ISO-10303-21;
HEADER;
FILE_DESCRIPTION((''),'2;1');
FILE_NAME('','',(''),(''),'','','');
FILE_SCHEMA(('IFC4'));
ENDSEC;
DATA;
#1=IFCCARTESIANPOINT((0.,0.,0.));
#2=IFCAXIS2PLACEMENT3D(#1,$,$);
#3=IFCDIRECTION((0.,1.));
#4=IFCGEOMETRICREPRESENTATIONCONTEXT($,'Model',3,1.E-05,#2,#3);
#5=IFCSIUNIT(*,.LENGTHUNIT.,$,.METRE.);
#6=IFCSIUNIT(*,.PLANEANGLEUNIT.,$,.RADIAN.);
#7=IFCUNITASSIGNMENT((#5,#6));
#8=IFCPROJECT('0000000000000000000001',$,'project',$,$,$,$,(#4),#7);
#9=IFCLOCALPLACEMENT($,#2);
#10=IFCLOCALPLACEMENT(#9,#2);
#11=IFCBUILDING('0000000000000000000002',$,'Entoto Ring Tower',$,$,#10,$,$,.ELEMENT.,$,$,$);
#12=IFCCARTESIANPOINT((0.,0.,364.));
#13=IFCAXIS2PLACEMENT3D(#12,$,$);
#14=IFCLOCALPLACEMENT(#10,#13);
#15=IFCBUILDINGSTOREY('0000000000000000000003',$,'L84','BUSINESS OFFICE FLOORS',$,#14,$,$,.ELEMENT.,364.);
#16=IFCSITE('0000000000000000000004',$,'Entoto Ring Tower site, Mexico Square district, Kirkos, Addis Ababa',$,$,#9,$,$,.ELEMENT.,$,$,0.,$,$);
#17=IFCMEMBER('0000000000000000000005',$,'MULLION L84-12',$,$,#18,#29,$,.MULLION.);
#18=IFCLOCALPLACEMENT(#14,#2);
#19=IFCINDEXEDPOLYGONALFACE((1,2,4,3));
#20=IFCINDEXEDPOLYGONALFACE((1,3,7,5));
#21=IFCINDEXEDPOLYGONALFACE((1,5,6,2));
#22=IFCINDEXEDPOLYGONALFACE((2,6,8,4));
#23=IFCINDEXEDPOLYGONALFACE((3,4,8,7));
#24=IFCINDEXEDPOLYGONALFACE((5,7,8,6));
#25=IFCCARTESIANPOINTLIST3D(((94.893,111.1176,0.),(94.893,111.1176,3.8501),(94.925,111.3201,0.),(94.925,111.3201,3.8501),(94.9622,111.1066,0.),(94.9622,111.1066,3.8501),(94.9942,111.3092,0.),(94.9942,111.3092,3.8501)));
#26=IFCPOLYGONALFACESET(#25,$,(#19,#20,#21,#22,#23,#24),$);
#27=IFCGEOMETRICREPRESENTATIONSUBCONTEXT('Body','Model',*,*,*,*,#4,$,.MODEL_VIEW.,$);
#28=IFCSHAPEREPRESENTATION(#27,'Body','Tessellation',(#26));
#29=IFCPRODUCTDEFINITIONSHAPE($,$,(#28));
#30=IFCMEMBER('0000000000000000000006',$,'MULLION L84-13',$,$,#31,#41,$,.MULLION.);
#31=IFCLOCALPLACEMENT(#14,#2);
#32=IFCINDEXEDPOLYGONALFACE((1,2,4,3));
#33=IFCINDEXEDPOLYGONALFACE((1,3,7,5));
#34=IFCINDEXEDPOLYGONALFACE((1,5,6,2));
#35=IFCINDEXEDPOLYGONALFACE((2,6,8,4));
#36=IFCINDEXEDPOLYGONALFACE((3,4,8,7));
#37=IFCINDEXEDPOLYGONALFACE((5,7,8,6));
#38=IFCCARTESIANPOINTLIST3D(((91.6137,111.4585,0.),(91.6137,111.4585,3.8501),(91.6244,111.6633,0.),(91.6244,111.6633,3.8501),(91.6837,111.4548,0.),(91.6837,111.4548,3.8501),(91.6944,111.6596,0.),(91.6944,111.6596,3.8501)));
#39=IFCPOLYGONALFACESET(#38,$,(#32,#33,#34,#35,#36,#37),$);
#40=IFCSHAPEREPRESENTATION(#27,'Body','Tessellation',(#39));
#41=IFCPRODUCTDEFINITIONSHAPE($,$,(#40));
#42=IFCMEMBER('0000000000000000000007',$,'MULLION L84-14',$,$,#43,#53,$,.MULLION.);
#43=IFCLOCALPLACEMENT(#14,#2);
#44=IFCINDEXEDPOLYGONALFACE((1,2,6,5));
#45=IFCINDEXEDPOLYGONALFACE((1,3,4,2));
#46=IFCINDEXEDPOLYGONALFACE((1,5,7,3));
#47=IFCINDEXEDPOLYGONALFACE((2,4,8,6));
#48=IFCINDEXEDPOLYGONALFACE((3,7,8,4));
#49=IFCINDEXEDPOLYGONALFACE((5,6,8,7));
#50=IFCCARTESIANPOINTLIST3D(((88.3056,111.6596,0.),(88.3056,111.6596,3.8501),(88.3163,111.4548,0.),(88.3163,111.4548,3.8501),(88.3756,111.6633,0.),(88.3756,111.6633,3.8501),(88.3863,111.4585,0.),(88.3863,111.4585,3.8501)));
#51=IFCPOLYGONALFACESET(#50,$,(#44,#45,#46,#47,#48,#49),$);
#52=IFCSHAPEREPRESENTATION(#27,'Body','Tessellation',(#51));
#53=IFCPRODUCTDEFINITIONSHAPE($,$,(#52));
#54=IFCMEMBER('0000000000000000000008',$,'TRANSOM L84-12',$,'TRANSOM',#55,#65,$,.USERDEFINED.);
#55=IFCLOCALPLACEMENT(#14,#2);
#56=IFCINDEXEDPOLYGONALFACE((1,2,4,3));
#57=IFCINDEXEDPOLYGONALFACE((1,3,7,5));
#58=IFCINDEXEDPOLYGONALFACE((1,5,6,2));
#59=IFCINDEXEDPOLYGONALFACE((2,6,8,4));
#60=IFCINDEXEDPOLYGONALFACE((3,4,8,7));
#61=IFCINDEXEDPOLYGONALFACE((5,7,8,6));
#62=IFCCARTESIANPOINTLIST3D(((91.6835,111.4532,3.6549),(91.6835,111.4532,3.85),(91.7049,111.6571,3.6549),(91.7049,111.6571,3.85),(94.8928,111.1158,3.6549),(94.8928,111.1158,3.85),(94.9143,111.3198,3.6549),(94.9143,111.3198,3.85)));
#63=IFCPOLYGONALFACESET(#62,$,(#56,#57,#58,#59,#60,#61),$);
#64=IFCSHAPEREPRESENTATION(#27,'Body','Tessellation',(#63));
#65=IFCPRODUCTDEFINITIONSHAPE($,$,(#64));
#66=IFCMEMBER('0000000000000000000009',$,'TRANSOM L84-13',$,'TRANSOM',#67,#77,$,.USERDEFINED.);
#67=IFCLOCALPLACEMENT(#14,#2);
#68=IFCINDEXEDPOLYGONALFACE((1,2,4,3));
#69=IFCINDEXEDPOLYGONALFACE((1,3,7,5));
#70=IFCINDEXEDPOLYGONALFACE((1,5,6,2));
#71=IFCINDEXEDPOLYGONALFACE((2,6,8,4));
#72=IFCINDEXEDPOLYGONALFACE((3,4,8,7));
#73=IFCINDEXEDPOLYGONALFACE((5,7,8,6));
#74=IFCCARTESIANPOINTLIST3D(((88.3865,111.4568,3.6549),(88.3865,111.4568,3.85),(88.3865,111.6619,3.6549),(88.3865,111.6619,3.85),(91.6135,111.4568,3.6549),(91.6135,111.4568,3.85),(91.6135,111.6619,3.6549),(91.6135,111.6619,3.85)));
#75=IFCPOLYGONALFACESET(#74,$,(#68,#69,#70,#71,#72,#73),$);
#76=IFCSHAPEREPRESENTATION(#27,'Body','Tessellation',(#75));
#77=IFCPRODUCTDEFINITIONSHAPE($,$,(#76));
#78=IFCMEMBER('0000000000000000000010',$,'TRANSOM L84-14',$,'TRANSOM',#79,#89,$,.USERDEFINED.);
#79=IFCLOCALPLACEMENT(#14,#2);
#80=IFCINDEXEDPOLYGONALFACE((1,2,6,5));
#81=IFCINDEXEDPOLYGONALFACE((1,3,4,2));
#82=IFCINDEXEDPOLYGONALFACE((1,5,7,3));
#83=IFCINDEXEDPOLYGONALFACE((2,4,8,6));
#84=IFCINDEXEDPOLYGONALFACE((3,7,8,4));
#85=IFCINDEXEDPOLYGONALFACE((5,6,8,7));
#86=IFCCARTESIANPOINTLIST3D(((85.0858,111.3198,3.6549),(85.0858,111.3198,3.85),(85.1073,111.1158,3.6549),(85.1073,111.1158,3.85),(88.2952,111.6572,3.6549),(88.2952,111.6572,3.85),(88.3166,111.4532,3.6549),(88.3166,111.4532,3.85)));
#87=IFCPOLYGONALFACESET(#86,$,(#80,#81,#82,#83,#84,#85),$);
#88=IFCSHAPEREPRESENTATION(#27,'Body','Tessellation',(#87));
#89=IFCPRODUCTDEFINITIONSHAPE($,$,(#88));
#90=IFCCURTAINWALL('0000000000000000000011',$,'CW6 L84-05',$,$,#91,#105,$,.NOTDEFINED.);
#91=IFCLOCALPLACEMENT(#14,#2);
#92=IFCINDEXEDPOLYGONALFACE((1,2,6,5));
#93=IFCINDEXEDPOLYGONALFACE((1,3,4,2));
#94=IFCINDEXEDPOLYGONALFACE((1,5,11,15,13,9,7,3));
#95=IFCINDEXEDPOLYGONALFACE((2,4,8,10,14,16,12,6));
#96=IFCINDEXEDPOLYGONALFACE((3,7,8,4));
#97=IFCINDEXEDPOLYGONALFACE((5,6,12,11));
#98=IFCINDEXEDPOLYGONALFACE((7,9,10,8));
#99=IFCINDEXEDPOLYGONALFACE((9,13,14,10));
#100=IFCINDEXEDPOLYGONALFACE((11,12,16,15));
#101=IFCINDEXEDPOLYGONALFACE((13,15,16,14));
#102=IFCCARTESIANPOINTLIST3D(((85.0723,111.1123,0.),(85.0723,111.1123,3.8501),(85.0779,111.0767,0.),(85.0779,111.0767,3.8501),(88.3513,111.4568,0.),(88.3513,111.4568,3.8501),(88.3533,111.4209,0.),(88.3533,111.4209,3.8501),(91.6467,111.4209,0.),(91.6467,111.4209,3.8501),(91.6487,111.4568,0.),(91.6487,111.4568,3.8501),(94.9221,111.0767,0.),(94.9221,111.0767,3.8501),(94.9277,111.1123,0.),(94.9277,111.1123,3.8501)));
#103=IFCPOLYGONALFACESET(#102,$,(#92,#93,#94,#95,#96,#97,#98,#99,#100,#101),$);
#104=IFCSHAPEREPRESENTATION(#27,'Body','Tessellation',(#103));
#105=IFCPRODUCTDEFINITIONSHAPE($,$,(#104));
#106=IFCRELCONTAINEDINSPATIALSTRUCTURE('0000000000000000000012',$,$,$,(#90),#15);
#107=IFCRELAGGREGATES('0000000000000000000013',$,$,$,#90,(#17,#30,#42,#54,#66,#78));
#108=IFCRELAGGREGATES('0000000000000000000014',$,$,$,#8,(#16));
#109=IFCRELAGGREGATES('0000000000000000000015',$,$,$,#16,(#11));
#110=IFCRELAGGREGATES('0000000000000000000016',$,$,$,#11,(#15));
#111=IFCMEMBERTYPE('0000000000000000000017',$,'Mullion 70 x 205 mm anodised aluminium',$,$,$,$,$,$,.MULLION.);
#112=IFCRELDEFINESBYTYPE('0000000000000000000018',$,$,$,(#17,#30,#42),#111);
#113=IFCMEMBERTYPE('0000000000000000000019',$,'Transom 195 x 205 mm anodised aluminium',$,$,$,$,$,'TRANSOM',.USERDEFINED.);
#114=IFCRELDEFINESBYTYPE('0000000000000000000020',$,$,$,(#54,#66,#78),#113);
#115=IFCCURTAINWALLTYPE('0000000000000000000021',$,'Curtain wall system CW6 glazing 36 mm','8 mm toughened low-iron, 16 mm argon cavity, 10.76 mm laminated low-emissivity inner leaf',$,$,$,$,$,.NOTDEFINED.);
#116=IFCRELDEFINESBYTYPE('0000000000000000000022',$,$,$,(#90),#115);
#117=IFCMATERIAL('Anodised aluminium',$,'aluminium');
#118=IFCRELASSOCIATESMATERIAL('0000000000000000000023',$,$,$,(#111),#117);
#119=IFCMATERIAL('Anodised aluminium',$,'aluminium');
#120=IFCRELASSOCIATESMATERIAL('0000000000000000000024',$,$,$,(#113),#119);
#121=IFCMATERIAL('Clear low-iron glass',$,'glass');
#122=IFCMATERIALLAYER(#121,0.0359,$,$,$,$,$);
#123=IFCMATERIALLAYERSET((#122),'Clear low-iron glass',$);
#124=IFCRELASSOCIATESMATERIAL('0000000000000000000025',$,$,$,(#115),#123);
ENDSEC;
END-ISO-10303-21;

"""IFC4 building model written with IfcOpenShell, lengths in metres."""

from ifc_helpers import new_model, si_unit, direction, frame, origin, origin_2d, place, context, subcontext, project, spatial, polyline, rectangle, outline, extrude, material, layer, layer_set, material_profile, profile_set, type_object, element, aggregate, save


model = new_model("IFC4")

# Units and contexts
model_context = context("Model", 3, precision=1e-05, world=origin(), true_north=direction((0.0, 1.0)))
body_context = subcontext(model_context, "Body", "Model", "MODEL_VIEW")
ifc_project = project(units=[si_unit("LENGTHUNIT", "METRE"), si_unit("PLANEANGLEUNIT", "RADIAN")], contexts=[model_context])

# Members
ifc_material_1 = material(Name="Anodised aluminium", Category="aluminium")
ifc_material_profile_1 = material_profile(ifc_material_1, rectangle(XDim=0.0701, YDim=0.2051, at=origin_2d()), Name="Mullion 70 x 205 mm anodised aluminium")
ifc_profile_set_1 = profile_set([ifc_material_profile_1], Name="Anodised aluminium")
member_type_1 = type_object("IfcMemberType", Name="Mullion 70 x 205 mm anodised aluminium", PredefinedType="MULLION", material=ifc_profile_set_1)
site_placement = place(None, origin())
building_placement = place(site_placement, origin())
storey_placement = place(building_placement, frame((0.0, 0.0, 364.0)))
member_1_placement = place(storey_placement, frame((94.9436, 111.2134, 0.0), z_axis=(0.0, 0.0, 1.0), x_axis=(-0.987688, 0.156434, 0.0)))
member_1 = element("IfcMember", 1, at=member_1_placement, type_object=member_type_1, Name="MULLION L84-12", PredefinedType="MULLION", context=body_context, shape_type="SweptSolid", body=[
    extrude(rectangle(XDim=0.0701, YDim=0.2051, at=origin_2d()), origin(), (0.0, 0.0, 1.0), 3.8501),
])
member_2_placement = place(storey_placement, frame((91.6541, 111.5591, 0.0), z_axis=(0.0, 0.0, 1.0), x_axis=(-0.99863, 0.052336, 0.0)))
member_2 = element("IfcMember", 2, at=member_2_placement, type_object=member_type_1, Name="MULLION L84-13", PredefinedType="MULLION", context=body_context, shape_type="SweptSolid", body=[
    extrude(rectangle(XDim=0.0701, YDim=0.2051, at=origin_2d()), origin(), (0.0, 0.0, 1.0), 3.8501),
])
member_3_placement = place(storey_placement, frame((88.3459, 111.5591, 0.0), z_axis=(0.0, 0.0, 1.0), x_axis=(-0.99863, -0.052336, 0.0)))
member_3 = element("IfcMember", 3, at=member_3_placement, type_object=member_type_1, Name="MULLION L84-14", PredefinedType="MULLION", context=body_context, shape_type="SweptSolid", body=[
    extrude(rectangle(XDim=0.0701, YDim=0.2051, at=origin_2d()), origin(), (0.0, 0.0, 1.0), 3.8501),
])
ifc_material_2 = material(Name="Anodised aluminium", Category="aluminium")
ifc_material_profile_2 = material_profile(ifc_material_2, rectangle(XDim=0.2051, YDim=0.1951, at=origin_2d()), Name="Transom 195 x 205 mm anodised aluminium")
ifc_profile_set_2 = profile_set([ifc_material_profile_2], Name="Anodised aluminium")
member_type_2 = type_object("IfcMemberType", Name="Transom 195 x 205 mm anodised aluminium", ElementType="TRANSOM", PredefinedType="USERDEFINED", material=ifc_profile_set_2)
member_4_placement = place(storey_placement, frame((94.9036, 111.2178, 3.7524), z_axis=(-0.99452, 0.104551, 0.0), x_axis=(-0.104551, -0.99452, 0.0)))
member_4 = element("IfcMember", 4, at=member_4_placement, type_object=member_type_2, Name="TRANSOM L84-12", ObjectType="TRANSOM", PredefinedType="USERDEFINED", context=body_context, shape_type="SweptSolid", body=[
    extrude(rectangle(XDim=0.2051, YDim=0.1951, at=origin_2d()), origin(), (0.0, 0.0, 1.0), 3.2271),
])
member_5_placement = place(storey_placement, frame((91.6135, 111.5593, 3.7524), z_axis=(-1.0, 0.0, 0.0), x_axis=(0.0, -1.0, 0.0)))
member_5 = element("IfcMember", 5, at=member_5_placement, type_object=member_type_2, Name="TRANSOM L84-13", ObjectType="TRANSOM", PredefinedType="USERDEFINED", context=body_context, shape_type="SweptSolid", body=[
    extrude(rectangle(XDim=0.2051, YDim=0.1951, at=origin_2d()), origin(), (0.0, 0.0, 1.0), 3.2271),
])
member_6_placement = place(storey_placement, frame((88.3059, 111.5552, 3.7524), z_axis=(-0.99452, -0.104551, 0.0), x_axis=(0.104551, -0.99452, 0.0)))
member_6 = element("IfcMember", 6, at=member_6_placement, type_object=member_type_2, Name="TRANSOM L84-14", ObjectType="TRANSOM", PredefinedType="USERDEFINED", context=body_context, shape_type="SweptSolid", body=[
    extrude(rectangle(XDim=0.2051, YDim=0.1951, at=origin_2d()), origin(), (0.0, 0.0, 1.0), 3.2271),
])

# Site, building, storey
site = spatial("IfcSite", under=ifc_project, at=site_placement, Name="Entoto Ring Tower site, Mexico Square district, Kirkos, Addis Ababa", CompositionType="ELEMENT", RefElevation=0.0)
building = spatial("IfcBuilding", under=site, at=building_placement, Name="Entoto Ring Tower", CompositionType="ELEMENT")
storey = spatial("IfcBuildingStorey", under=building, at=storey_placement, Name="L84", Description="BUSINESS OFFICE FLOORS", CompositionType="ELEMENT", Elevation=364.0)

# Curtain wall
ifc_material_3 = material(Name="Clear low-iron glass", Category="glass")
ifc_layer = layer(ifc_material_3, 0.0359)
ifc_layer_set = layer_set([ifc_layer], Name="Clear low-iron glass")
curtain_wall_type = type_object("IfcCurtainWallType", Name="Curtain wall system CW6 glazing 36 mm", Description="8 mm toughened low-iron, 16 mm argon cavity, 10.76 mm laminated low-emissivity inner leaf", PredefinedType="NOTDEFINED", material=ifc_layer_set)
curtain_wall_1_placement = place(storey_placement, origin())
curtain_wall_1 = element("IfcCurtainWall", 7, at=curtain_wall_1_placement, inside=storey, type_object=curtain_wall_type, Name="CW6 L84-05", PredefinedType="NOTDEFINED", context=body_context, shape_type="SweptSolid", body=[
    extrude(outline(polyline([(94.9277, 111.1123), (91.6487, 111.4568), (88.3513, 111.4568), (85.0723, 111.1123), (85.0779, 111.0767), (88.3533, 111.4209), (91.6467, 111.4209), (94.9221, 111.0767), (94.9277, 111.1123)])), origin(), (0.0, 0.0, 1.0), 3.8501),
])
aggregate(curtain_wall_1, [member_1, member_2, member_3, member_4, member_5, member_6])

save(model, "model.ifc")
